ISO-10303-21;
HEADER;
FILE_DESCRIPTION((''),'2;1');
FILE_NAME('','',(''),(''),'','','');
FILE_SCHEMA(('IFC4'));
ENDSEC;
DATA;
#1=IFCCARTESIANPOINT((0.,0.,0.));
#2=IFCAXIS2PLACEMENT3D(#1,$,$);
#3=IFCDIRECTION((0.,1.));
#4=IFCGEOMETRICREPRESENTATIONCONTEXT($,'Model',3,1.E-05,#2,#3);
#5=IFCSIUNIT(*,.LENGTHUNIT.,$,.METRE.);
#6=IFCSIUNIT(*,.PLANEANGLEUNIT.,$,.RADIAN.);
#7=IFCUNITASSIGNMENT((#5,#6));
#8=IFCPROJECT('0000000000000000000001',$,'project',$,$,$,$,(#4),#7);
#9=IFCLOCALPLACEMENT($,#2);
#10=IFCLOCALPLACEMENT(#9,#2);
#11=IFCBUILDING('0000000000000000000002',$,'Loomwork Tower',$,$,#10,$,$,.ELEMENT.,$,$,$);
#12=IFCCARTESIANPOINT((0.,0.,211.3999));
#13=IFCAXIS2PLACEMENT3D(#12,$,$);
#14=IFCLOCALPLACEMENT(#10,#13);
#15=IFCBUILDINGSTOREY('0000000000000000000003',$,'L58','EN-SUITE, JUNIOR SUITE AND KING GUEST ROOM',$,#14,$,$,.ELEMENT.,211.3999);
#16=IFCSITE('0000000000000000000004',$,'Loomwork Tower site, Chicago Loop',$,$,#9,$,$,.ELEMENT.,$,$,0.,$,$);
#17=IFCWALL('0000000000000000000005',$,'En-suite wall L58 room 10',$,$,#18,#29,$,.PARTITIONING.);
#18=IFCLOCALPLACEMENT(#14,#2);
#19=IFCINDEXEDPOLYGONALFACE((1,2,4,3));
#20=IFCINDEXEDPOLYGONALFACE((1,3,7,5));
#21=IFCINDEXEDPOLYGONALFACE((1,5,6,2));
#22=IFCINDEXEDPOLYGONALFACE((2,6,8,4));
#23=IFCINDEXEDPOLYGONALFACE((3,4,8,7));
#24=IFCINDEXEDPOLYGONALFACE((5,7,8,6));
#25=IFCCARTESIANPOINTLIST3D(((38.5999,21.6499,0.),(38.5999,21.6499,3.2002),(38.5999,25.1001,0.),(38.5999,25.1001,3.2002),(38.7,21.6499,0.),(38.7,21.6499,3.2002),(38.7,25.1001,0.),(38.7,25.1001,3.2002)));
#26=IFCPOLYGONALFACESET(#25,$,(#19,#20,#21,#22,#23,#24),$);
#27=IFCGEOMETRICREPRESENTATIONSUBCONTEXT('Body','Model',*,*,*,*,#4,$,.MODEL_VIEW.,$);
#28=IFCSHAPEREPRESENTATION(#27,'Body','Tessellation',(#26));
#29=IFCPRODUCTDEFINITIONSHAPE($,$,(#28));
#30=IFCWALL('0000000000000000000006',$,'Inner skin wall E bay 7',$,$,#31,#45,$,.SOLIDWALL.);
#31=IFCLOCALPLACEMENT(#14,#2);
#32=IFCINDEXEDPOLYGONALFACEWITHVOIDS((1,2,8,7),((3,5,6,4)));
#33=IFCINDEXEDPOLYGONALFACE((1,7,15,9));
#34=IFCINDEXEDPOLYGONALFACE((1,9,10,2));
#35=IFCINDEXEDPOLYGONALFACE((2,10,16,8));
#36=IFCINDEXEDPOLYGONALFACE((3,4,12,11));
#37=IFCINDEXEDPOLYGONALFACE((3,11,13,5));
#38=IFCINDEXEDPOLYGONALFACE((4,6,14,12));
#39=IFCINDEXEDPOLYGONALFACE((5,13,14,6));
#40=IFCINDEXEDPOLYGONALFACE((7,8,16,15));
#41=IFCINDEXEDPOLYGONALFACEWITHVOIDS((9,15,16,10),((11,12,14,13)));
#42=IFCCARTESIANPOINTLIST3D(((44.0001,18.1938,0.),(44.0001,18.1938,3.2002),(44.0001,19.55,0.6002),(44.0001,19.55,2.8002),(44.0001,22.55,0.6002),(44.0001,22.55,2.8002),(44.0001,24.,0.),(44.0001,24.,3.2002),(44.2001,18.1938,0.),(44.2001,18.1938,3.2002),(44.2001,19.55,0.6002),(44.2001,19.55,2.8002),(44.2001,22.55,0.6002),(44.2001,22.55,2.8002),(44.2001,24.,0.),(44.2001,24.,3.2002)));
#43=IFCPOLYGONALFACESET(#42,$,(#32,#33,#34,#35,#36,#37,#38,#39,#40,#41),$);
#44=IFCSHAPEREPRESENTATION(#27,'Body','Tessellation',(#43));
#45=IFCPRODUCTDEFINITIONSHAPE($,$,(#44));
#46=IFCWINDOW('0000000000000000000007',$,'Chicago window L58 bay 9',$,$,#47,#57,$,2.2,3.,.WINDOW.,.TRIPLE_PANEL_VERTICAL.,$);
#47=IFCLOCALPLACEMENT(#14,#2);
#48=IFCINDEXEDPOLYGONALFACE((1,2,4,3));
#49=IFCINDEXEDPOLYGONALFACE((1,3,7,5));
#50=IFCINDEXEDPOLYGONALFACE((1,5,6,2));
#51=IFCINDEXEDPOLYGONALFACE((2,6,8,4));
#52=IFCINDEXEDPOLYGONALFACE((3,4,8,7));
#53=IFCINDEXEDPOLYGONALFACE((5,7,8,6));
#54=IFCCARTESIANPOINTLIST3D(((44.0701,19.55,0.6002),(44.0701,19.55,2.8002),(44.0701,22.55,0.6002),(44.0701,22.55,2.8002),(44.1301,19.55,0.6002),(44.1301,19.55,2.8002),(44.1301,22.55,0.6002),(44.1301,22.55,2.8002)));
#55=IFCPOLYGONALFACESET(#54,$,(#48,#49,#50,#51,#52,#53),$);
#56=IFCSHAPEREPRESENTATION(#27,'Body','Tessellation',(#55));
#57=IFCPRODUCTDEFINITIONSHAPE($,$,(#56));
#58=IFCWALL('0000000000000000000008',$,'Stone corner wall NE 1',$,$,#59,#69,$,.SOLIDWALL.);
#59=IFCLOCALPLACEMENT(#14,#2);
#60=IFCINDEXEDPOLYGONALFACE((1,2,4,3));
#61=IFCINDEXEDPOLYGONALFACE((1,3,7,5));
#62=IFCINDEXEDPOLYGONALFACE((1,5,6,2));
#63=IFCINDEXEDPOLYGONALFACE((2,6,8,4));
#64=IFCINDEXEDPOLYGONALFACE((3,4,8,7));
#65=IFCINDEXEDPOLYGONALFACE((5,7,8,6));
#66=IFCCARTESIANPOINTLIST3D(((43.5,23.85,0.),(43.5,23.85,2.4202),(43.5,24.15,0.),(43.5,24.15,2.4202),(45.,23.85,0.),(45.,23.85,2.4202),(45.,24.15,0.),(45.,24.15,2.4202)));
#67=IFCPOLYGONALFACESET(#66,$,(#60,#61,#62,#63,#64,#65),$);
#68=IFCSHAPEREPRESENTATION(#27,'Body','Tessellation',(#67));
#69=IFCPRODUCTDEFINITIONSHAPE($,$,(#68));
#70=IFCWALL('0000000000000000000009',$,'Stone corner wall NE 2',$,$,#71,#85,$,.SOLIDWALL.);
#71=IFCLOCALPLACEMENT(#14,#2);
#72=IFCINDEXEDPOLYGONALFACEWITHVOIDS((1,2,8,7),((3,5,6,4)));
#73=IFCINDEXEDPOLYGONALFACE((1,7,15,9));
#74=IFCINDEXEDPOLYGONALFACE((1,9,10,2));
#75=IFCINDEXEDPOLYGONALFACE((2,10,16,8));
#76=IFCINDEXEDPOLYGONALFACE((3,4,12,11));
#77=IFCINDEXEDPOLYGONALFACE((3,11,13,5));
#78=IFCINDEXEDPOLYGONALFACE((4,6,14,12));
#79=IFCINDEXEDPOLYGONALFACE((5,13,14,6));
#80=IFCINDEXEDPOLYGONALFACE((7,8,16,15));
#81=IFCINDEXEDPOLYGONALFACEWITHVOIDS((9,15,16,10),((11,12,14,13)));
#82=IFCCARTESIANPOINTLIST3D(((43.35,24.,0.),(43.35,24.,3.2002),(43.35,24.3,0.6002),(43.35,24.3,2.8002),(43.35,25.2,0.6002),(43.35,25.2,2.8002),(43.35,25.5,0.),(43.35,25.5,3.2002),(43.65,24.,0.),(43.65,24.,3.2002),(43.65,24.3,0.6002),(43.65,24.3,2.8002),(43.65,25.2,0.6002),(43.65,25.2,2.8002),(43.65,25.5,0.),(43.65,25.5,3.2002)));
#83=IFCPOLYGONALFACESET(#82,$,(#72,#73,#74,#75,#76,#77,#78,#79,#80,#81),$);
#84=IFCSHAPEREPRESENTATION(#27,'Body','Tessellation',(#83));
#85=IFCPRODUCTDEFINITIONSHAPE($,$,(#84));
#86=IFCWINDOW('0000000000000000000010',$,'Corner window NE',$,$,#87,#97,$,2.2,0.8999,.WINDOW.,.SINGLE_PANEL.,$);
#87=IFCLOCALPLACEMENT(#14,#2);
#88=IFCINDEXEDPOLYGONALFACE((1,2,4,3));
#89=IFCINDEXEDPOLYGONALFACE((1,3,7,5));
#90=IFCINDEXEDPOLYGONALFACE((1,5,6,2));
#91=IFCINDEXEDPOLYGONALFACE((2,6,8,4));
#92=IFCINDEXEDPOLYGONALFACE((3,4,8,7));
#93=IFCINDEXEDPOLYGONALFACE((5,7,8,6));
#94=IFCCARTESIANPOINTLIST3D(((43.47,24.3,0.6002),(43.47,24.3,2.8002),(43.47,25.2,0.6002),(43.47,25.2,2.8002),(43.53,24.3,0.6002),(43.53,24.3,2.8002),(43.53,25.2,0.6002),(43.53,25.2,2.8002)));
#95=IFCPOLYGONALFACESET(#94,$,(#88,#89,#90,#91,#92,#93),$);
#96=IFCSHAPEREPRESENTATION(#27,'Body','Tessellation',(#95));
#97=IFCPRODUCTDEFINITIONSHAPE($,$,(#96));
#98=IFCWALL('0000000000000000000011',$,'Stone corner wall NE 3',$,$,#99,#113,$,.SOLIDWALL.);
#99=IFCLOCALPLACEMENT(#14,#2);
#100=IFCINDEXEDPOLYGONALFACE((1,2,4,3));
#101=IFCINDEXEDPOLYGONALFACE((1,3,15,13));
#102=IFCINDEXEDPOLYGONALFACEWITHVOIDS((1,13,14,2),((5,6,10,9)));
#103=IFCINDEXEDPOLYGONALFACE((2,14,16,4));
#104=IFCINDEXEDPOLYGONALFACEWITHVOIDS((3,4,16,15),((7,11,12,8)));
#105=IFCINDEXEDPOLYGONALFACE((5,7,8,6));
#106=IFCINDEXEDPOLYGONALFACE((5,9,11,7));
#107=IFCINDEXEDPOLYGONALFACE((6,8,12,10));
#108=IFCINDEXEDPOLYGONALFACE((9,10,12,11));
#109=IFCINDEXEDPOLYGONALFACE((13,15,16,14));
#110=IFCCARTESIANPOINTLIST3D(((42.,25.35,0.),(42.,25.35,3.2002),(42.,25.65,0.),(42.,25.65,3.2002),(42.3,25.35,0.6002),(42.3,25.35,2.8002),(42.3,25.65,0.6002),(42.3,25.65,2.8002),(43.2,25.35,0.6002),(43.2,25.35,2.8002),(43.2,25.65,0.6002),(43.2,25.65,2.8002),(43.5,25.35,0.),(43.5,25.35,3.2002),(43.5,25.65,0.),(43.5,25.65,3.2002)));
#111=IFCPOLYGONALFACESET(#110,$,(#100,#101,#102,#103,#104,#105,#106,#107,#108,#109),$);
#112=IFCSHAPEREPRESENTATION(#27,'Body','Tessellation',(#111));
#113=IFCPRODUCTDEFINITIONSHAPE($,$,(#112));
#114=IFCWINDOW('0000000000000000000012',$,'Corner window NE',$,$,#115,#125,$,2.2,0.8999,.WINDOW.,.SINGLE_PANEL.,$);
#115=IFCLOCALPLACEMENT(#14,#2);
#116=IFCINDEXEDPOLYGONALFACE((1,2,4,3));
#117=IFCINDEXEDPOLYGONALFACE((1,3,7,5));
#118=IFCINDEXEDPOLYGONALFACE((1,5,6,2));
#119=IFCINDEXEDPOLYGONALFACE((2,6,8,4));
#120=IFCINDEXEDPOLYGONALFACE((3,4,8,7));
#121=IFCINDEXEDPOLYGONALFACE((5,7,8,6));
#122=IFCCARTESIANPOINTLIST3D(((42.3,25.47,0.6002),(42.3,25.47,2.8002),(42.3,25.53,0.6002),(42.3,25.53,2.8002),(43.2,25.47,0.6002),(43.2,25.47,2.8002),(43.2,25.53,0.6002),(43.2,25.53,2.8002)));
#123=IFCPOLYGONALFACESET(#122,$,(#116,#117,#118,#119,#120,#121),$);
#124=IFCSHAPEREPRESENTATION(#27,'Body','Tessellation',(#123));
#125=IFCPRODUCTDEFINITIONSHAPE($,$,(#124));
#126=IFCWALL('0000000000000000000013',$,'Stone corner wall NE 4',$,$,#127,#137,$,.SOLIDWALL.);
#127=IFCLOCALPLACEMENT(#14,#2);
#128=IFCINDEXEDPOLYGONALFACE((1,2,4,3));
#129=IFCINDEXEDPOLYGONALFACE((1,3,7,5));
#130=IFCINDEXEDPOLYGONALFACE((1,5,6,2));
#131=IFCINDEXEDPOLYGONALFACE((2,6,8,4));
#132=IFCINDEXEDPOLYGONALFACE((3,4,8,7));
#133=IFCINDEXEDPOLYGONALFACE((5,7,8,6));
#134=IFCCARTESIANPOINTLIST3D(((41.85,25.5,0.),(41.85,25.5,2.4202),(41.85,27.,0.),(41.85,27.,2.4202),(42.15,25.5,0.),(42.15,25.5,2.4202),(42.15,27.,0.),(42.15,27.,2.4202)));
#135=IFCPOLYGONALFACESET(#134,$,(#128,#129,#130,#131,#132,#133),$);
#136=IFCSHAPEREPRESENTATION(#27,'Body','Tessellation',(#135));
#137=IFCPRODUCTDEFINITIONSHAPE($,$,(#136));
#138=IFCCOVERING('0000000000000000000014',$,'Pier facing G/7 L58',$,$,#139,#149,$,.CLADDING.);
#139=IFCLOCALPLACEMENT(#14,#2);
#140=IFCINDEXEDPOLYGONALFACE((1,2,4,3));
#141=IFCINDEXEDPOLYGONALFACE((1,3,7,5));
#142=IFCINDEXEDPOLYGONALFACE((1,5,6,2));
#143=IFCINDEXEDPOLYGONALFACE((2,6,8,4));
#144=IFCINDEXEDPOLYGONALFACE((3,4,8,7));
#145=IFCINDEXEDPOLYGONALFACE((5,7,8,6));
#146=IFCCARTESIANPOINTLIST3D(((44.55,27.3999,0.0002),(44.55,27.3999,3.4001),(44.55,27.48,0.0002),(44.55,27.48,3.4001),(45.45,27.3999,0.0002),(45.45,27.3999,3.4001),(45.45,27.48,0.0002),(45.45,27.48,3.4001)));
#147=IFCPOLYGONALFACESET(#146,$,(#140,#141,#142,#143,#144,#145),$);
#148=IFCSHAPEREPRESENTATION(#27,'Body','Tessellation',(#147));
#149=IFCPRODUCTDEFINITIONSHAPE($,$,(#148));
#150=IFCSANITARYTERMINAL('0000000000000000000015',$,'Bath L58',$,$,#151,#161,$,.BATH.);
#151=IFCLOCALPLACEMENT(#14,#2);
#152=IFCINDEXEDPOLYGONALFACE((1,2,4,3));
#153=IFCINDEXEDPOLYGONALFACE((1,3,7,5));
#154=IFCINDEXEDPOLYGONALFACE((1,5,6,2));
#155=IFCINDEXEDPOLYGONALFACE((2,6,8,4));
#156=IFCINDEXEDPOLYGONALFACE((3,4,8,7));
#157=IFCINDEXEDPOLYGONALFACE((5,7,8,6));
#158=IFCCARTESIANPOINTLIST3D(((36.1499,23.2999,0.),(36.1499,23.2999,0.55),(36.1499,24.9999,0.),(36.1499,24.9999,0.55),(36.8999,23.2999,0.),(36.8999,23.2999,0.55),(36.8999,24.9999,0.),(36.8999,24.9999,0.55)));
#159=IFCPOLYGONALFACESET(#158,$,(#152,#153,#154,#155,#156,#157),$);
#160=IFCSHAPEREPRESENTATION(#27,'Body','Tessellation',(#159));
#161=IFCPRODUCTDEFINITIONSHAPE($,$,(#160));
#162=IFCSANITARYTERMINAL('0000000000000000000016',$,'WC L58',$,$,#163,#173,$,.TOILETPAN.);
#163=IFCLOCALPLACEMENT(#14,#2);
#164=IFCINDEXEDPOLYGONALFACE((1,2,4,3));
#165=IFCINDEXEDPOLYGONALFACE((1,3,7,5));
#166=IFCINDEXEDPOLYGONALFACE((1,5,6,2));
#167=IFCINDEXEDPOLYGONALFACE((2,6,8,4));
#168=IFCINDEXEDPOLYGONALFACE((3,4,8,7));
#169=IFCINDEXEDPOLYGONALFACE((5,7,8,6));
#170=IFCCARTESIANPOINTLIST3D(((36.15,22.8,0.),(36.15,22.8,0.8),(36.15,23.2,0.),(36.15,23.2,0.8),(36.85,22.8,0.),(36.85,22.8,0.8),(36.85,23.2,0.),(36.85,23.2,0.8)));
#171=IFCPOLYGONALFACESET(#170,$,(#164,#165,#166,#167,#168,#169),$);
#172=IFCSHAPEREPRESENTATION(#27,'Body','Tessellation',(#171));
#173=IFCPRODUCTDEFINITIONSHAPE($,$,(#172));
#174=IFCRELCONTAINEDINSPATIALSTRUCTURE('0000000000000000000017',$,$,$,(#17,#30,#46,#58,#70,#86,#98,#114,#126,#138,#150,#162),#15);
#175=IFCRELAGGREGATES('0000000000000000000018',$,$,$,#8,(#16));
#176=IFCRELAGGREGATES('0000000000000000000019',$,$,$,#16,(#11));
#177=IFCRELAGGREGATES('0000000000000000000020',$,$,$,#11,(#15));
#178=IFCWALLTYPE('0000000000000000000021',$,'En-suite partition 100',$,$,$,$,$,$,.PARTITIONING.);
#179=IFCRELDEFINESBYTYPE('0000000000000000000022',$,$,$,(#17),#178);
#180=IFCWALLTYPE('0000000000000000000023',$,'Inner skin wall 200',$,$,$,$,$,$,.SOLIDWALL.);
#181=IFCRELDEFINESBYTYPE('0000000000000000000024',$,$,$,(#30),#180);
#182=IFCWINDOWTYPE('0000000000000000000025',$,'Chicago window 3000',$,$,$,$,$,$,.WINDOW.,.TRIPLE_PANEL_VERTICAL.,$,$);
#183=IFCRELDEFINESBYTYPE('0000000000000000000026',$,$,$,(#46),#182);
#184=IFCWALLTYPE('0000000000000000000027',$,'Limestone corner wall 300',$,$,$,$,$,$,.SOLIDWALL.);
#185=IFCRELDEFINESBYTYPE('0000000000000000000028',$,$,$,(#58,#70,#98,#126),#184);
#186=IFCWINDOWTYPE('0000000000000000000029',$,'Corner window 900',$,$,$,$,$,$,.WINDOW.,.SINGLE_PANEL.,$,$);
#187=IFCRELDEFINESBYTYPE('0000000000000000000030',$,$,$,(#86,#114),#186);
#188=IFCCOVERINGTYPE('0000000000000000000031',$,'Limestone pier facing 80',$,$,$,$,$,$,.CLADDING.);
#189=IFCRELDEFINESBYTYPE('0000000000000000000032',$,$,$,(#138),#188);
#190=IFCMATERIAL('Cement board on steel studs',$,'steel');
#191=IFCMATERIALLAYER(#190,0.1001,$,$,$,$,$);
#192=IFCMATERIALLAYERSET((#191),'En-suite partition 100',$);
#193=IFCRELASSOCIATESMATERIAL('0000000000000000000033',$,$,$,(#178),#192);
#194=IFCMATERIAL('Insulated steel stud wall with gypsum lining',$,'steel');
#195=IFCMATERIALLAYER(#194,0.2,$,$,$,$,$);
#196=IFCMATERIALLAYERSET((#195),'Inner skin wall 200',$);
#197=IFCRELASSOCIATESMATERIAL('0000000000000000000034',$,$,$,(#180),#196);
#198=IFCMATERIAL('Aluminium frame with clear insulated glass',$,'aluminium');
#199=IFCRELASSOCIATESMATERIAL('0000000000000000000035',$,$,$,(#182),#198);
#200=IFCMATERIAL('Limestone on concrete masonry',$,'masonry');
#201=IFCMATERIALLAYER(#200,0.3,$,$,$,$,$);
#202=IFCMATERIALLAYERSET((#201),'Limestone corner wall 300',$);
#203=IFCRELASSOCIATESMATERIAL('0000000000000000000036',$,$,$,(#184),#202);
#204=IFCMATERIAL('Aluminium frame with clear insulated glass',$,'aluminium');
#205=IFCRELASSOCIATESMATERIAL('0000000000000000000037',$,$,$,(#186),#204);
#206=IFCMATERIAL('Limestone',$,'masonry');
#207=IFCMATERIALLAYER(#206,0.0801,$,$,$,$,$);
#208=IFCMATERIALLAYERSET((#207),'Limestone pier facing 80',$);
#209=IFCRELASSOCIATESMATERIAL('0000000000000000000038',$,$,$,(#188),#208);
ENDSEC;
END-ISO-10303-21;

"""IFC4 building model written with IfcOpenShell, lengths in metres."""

from ifc_helpers import new_model, si_unit, direction, frame, frame_2d, origin, origin_2d, place, context, subcontext, project, spatial, rectangle, extrude, material, layer, layer_set, type_object, element, fill, save


model = new_model("IFC4")

# Units and contexts
model_context = context("Model", 3, precision=1e-05, world=origin(), true_north=direction((0.0, 1.0)))
body_context = subcontext(model_context, "Body", "Model", "MODEL_VIEW")
ifc_project = project(units=[si_unit("LENGTHUNIT", "METRE"), si_unit("PLANEANGLEUNIT", "RADIAN")], contexts=[model_context])

# Site, building, storey
site_placement = place(None, origin())
site = spatial("IfcSite", under=ifc_project, at=site_placement, Name="Loomwork Tower site, Chicago Loop", CompositionType="ELEMENT", RefElevation=0.0)
building_placement = place(site_placement, origin())
building = spatial("IfcBuilding", under=site, at=building_placement, Name="Loomwork Tower", CompositionType="ELEMENT")
storey_placement = place(building_placement, frame((0.0, 0.0, 211.3999)))
storey = spatial("IfcBuildingStorey", under=building, at=storey_placement, Name="L58", Description="EN-SUITE, JUNIOR SUITE AND KING GUEST ROOM", CompositionType="ELEMENT", Elevation=211.3999)

# Wall
ifc_material_1 = material(Name="Cement board on steel studs", Category="steel")
ifc_layer_1 = layer(ifc_material_1, 0.1001)
ifc_layer_set_1 = layer_set([ifc_layer_1], Name="En-suite partition 100")
wall_type_1 = type_object("IfcWallType", Name="En-suite partition 100", PredefinedType="PARTITIONING", material=ifc_layer_set_1)
wall_1_placement = place(storey_placement, frame((38.6499, 21.6499, 0.0), z_axis=(0.0, 0.0, 1.0), x_axis=(0.0, 1.0, 0.0)))
element("IfcWall", 1, at=wall_1_placement, inside=storey, type_object=wall_type_1, Name="En-suite wall L58 room 10", PredefinedType="PARTITIONING", context=body_context, shape_type="SweptSolid", body=[
    extrude(rectangle(XDim=3.4502, YDim=0.1001, at=frame_2d((1.7251, 0.0))), origin(), (0.0, 0.0, 1.0), 3.2002),
])

# Wall, opening, window
ifc_material_2 = material(Name="Insulated steel stud wall with gypsum lining", Category="steel")
ifc_layer_2 = layer(ifc_material_2, 0.2)
ifc_layer_set_2 = layer_set([ifc_layer_2], Name="Inner skin wall 200")
wall_type_2 = type_object("IfcWallType", Name="Inner skin wall 200", PredefinedType="SOLIDWALL", material=ifc_layer_set_2)
wall_2_placement = place(storey_placement, frame((44.1001, 18.1938, 0.0), z_axis=(0.0, 0.0, 1.0), x_axis=(0.0, 1.0, 0.0)))
wall_2 = element("IfcWall", 2, at=wall_2_placement, inside=storey, type_object=wall_type_2, Name="Inner skin wall E bay 7", PredefinedType="SOLIDWALL", context=body_context, shape_type="SweptSolid", body=[
    extrude(rectangle(XDim=5.8062, YDim=0.2, at=frame_2d((2.9031, 0.0))), origin(), (0.0, 0.0, 1.0), 3.2002),
])
opening_1_placement = place(wall_2_placement, frame((1.3562, 0.0, 0.6001)))
opening_1 = element("IfcOpeningElement", 3, at=opening_1_placement, cuts=wall_2, PredefinedType="OPENING", context=body_context, shape_type="SweptSolid", body=[
    extrude(rectangle(XDim=3.0, YDim=2.2, at=frame_2d((1.5, 1.1001))), frame((0.0, 0.1099, 0.0), z_axis=(0.0, -1.0, 0.0), x_axis=(1.0, 0.0, 0.0)), (0.0, 0.0, 1.0), 0.22),
])
ifc_material_3 = material(Name="Aluminium frame with clear insulated glass", Category="aluminium")
window_type_1 = type_object("IfcWindowType", Name="Chicago window 3000", PartitioningType="TRIPLE_PANEL_VERTICAL", PredefinedType="WINDOW", material=ifc_material_3)
window_1_placement = place(opening_1_placement, origin())
window_1 = element("IfcWindow", 4, at=window_1_placement, inside=storey, type_object=window_type_1, Name="Chicago window L58 bay 9", OverallHeight=2.2, OverallWidth=3.0, PartitioningType="TRIPLE_PANEL_VERTICAL", PredefinedType="WINDOW", context=body_context, shape_type="SweptSolid", body=[
    extrude(rectangle(XDim=3.0, YDim=2.2, at=frame_2d((1.5, 1.1001))), frame((0.0, 0.03, 0.0), z_axis=(0.0, -1.0, 0.0), x_axis=(1.0, 0.0, 0.0)), (0.0, 0.0, 1.0), 0.0601),
])
fill(opening_1, window_1)

# Wall
ifc_material_4 = material(Name="Limestone on concrete masonry", Category="masonry")
ifc_layer_3 = layer(ifc_material_4, 0.3)
ifc_layer_set_3 = layer_set([ifc_layer_3], Name="Limestone corner wall 300")
wall_type_3 = type_object("IfcWallType", Name="Limestone corner wall 300", PredefinedType="SOLIDWALL", material=ifc_layer_set_3)
wall_3_placement = place(storey_placement, frame((45.0, 24.0, 0.0), z_axis=(0.0, 0.0, 1.0), x_axis=(-1.0, 0.0, 0.0)))
element("IfcWall", 5, at=wall_3_placement, inside=storey, type_object=wall_type_3, Name="Stone corner wall NE 1", PredefinedType="SOLIDWALL", context=body_context, shape_type="SweptSolid", body=[
    extrude(rectangle(XDim=1.5, YDim=0.3, at=frame_2d((0.75, 0.0))), origin(), (0.0, 0.0, 1.0), 2.4202),
])

# Walls, openings, windows
wall_4_placement = place(storey_placement, frame((43.5, 24.0, 0.0), z_axis=(0.0, 0.0, 1.0), x_axis=(0.0, 1.0, 0.0)))
wall_4 = element("IfcWall", 6, at=wall_4_placement, inside=storey, type_object=wall_type_3, Name="Stone corner wall NE 2", PredefinedType="SOLIDWALL", context=body_context, shape_type="SweptSolid", body=[
    extrude(rectangle(XDim=1.5, YDim=0.3, at=frame_2d((0.75, 0.0))), origin(), (0.0, 0.0, 1.0), 3.2002),
])
opening_2_placement = place(wall_4_placement, frame((0.3, 0.0, 0.6001)))
opening_2 = element("IfcOpeningElement", 7, at=opening_2_placement, cuts=wall_4, PredefinedType="OPENING", context=body_context, shape_type="SweptSolid", body=[
    extrude(rectangle(XDim=0.8999, YDim=2.2, at=frame_2d((0.45, 1.1001))), frame((0.0, 0.1599, 0.0), z_axis=(0.0, -1.0, 0.0), x_axis=(1.0, 0.0, 0.0)), (0.0, 0.0, 1.0), 0.3201),
])
ifc_material_5 = material(Name="Aluminium frame with clear insulated glass", Category="aluminium")
window_type_2 = type_object("IfcWindowType", Name="Corner window 900", PartitioningType="SINGLE_PANEL", PredefinedType="WINDOW", material=ifc_material_5)
window_2_placement = place(opening_2_placement, origin())
window_2 = element("IfcWindow", 8, at=window_2_placement, inside=storey, type_object=window_type_2, Name="Corner window NE", OverallHeight=2.2, OverallWidth=0.8999, PartitioningType="SINGLE_PANEL", PredefinedType="WINDOW", context=body_context, shape_type="SweptSolid", body=[
    extrude(rectangle(XDim=0.8999, YDim=2.2, at=frame_2d((0.45, 1.1001))), frame((0.0, 0.03, 0.0), z_axis=(0.0, -1.0, 0.0), x_axis=(1.0, 0.0, 0.0)), (0.0, 0.0, 1.0), 0.0601),
])
fill(opening_2, window_2)
wall_5_placement = place(storey_placement, frame((43.5, 25.5, 0.0), z_axis=(0.0, 0.0, 1.0), x_axis=(-1.0, 0.0, 0.0)))
wall_5 = element("IfcWall", 9, at=wall_5_placement, inside=storey, type_object=wall_type_3, Name="Stone corner wall NE 3", PredefinedType="SOLIDWALL", context=body_context, shape_type="SweptSolid", body=[
    extrude(rectangle(XDim=1.5, YDim=0.3, at=frame_2d((0.75, 0.0))), origin(), (0.0, 0.0, 1.0), 3.2002),
])
opening_3_placement = place(wall_5_placement, frame((0.3, 0.0, 0.6001)))
opening_3 = element("IfcOpeningElement", 10, at=opening_3_placement, cuts=wall_5, PredefinedType="OPENING", context=body_context, shape_type="SweptSolid", body=[
    extrude(rectangle(XDim=0.8999, YDim=2.2, at=frame_2d((0.45, 1.1001))), frame((0.0, 0.1599, 0.0), z_axis=(0.0, -1.0, 0.0), x_axis=(1.0, 0.0, 0.0)), (0.0, 0.0, 1.0), 0.3201),
])
window_3_placement = place(opening_3_placement, origin())
window_3 = element("IfcWindow", 11, at=window_3_placement, inside=storey, type_object=window_type_2, Name="Corner window NE", OverallHeight=2.2, OverallWidth=0.8999, PartitioningType="SINGLE_PANEL", PredefinedType="WINDOW", context=body_context, shape_type="SweptSolid", body=[
    extrude(rectangle(XDim=0.8999, YDim=2.2, at=frame_2d((0.45, 1.1001))), frame((0.0, 0.03, 0.0), z_axis=(0.0, -1.0, 0.0), x_axis=(1.0, 0.0, 0.0)), (0.0, 0.0, 1.0), 0.0601),
])
fill(opening_3, window_3)

# Wall
wall_6_placement = place(storey_placement, frame((42.0, 25.5, 0.0), z_axis=(0.0, 0.0, 1.0), x_axis=(0.0, 1.0, 0.0)))
element("IfcWall", 12, at=wall_6_placement, inside=storey, type_object=wall_type_3, Name="Stone corner wall NE 4", PredefinedType="SOLIDWALL", context=body_context, shape_type="SweptSolid", body=[
    extrude(rectangle(XDim=1.5, YDim=0.3, at=frame_2d((0.75, 0.0))), origin(), (0.0, 0.0, 1.0), 2.4202),
])

# Covering
ifc_material_6 = material(Name="Limestone", Category="masonry")
ifc_layer_4 = layer(ifc_material_6, 0.0801)
ifc_layer_set_4 = layer_set([ifc_layer_4], Name="Limestone pier facing 80")
covering_type = type_object("IfcCoveringType", Name="Limestone pier facing 80", PredefinedType="CLADDING", material=ifc_layer_set_4)
covering_placement = place(storey_placement, frame((45.0, 27.4399, 0.0002), z_axis=(0.0, 0.0, 1.0), x_axis=(1.0, 0.0, 0.0)))
element("IfcCovering", 13, at=covering_placement, inside=storey, type_object=covering_type, Name="Pier facing G/7 L58", PredefinedType="CLADDING", context=body_context, shape_type="SweptSolid", body=[
    extrude(rectangle(XDim=0.8999, YDim=0.0801, at=origin_2d()), origin(), (0.0, 0.0, 1.0), 3.3999),
])

# Sanitary terminals
sanitary_terminal_1_placement = place(storey_placement, frame((36.5249, 24.1499, 0.0), z_axis=(0.0, 0.0, 1.0), x_axis=(1.0, 0.0, 0.0)))
element("IfcSanitaryTerminal", 14, at=sanitary_terminal_1_placement, inside=storey, Name="Bath L58", PredefinedType="BATH", context=body_context, shape_type="SweptSolid", body=[
    extrude(rectangle(XDim=0.75, YDim=1.7, at=origin_2d()), origin(), (0.0, 0.0, 1.0), 0.55),
])
sanitary_terminal_2_placement = place(storey_placement, frame((36.5, 23.0, 0.0), z_axis=(0.0, 0.0, 1.0), x_axis=(1.0, 0.0, 0.0)))
element("IfcSanitaryTerminal", 15, at=sanitary_terminal_2_placement, inside=storey, Name="WC L58", PredefinedType="TOILETPAN", context=body_context, shape_type="SweptSolid", body=[
    extrude(rectangle(XDim=0.7, YDim=0.3999, at=origin_2d()), origin(), (0.0, 0.0, 1.0), 0.8),
])

save(model, "model.ifc")
